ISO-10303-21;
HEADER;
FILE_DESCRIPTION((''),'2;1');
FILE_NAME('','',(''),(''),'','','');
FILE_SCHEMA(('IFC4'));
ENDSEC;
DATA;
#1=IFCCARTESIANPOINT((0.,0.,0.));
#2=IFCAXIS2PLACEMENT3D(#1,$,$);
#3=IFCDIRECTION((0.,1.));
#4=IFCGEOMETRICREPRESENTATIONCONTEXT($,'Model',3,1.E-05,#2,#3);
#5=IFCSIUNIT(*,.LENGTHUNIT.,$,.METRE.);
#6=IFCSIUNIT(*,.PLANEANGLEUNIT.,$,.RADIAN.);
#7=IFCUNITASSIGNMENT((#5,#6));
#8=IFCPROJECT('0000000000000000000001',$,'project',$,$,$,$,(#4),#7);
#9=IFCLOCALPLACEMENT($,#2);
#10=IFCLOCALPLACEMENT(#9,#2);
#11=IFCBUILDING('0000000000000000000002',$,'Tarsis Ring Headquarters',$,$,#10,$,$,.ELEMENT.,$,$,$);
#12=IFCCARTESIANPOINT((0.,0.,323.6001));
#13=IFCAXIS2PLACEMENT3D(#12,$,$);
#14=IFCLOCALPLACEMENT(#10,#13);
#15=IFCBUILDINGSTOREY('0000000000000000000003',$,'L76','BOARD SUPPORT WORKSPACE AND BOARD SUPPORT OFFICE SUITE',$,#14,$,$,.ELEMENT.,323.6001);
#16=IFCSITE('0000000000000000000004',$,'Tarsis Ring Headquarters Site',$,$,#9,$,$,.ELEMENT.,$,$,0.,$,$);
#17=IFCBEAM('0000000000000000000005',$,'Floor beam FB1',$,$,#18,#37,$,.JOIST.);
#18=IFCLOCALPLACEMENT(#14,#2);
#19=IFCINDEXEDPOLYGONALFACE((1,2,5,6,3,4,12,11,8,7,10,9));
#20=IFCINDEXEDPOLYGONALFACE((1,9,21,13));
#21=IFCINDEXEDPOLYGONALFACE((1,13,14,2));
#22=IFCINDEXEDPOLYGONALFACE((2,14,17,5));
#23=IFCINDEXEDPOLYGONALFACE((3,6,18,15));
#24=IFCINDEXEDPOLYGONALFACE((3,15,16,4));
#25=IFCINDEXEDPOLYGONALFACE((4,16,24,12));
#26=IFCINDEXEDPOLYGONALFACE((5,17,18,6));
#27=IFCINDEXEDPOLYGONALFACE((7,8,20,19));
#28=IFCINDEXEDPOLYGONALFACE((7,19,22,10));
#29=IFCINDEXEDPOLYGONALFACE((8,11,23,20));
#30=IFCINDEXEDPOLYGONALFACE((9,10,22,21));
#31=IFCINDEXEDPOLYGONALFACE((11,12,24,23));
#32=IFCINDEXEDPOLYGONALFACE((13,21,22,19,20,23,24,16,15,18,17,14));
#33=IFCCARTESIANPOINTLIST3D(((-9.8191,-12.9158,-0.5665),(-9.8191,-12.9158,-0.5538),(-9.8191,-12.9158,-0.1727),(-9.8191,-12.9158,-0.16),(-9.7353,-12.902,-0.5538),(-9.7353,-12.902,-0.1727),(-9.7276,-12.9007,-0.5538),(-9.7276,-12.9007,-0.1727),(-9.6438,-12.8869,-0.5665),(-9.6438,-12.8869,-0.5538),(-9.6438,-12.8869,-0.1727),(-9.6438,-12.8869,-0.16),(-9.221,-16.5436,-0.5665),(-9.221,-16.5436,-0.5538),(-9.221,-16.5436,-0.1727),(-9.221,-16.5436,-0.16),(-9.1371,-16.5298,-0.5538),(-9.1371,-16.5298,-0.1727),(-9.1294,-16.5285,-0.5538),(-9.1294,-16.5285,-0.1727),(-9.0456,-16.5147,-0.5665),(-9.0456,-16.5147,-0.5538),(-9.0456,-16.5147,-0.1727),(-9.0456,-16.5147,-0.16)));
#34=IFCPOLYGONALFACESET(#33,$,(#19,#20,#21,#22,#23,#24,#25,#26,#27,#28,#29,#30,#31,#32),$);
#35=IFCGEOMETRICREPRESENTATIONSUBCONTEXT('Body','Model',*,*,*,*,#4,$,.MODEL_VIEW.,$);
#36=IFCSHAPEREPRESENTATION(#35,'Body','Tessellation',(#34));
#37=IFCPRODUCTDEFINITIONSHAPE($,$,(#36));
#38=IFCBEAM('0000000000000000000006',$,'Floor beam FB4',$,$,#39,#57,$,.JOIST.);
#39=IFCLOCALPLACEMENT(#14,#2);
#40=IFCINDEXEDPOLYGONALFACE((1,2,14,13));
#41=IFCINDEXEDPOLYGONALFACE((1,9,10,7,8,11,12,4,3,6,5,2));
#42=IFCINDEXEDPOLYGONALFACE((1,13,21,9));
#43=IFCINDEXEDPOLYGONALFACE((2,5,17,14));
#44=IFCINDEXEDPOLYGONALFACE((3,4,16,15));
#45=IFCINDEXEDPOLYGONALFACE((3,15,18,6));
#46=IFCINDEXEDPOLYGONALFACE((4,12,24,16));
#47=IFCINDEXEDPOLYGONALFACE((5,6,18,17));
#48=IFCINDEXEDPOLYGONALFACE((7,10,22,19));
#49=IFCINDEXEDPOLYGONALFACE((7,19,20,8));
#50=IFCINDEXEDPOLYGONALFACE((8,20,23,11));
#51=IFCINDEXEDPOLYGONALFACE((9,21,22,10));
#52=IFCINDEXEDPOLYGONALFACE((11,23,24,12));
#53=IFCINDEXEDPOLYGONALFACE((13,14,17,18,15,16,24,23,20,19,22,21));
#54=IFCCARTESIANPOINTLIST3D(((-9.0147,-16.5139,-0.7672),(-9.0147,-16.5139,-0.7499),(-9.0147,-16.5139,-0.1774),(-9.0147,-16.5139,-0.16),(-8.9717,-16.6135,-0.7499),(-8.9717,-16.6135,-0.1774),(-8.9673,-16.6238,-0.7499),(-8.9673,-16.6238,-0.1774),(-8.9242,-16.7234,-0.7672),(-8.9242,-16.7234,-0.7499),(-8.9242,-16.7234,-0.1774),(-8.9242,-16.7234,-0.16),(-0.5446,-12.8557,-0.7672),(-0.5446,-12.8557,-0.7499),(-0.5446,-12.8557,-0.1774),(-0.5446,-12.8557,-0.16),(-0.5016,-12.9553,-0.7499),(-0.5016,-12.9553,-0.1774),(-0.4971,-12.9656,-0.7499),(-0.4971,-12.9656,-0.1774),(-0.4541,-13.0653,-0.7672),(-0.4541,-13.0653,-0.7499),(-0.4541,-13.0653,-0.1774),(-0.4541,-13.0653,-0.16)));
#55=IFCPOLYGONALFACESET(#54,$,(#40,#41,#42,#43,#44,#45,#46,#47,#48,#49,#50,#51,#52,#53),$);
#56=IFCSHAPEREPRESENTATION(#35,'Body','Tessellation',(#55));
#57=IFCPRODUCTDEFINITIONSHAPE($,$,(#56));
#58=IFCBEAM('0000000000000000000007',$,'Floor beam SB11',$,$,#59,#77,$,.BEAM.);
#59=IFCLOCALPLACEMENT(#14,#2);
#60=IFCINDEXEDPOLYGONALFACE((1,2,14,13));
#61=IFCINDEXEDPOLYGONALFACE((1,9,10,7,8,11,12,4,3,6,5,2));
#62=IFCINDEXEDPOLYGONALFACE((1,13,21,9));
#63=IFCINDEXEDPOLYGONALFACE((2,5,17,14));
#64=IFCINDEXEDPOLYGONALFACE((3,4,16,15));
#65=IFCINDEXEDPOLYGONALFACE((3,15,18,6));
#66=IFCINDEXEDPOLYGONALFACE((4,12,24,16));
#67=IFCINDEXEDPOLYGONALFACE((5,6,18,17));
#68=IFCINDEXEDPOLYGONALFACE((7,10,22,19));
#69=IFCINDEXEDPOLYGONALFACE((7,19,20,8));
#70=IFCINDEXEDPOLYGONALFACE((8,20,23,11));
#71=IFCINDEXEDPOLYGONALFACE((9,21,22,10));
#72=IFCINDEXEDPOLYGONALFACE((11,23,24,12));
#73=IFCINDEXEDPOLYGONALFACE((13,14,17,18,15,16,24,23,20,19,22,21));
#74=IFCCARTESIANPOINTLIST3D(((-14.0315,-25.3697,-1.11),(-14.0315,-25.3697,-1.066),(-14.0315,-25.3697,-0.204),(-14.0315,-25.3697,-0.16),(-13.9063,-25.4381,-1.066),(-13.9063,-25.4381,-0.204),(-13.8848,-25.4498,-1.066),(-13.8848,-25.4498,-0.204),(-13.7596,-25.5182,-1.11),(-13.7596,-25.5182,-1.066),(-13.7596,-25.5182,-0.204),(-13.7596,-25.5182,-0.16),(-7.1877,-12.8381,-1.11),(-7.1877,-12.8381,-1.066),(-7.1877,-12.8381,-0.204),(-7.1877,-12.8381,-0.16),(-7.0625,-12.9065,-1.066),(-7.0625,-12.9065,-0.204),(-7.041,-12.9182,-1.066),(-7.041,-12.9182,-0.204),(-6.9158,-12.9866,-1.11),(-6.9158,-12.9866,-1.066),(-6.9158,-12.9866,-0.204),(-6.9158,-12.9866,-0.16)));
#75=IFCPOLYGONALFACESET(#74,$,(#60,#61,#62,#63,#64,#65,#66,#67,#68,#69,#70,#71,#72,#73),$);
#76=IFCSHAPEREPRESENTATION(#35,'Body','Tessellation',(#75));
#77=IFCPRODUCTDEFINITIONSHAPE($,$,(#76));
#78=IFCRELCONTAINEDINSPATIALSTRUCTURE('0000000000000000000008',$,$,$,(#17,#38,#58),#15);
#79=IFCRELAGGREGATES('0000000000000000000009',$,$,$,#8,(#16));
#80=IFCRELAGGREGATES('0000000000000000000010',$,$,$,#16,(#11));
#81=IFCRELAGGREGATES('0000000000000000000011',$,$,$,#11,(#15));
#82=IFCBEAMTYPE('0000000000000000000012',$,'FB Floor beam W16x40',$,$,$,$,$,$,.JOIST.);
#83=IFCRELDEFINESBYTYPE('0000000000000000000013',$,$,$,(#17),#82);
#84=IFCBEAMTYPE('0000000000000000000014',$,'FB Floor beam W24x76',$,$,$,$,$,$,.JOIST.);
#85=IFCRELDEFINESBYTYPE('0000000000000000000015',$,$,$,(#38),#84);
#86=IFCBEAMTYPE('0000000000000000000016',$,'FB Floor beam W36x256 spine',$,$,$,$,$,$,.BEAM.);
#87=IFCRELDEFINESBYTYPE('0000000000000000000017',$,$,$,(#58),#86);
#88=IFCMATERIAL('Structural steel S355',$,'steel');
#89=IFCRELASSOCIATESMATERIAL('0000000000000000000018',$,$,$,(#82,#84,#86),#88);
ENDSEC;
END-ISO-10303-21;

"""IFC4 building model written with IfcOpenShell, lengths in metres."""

from ifc_helpers import new_model, si_unit, direction, frame, origin, origin_2d, place, context, subcontext, project, spatial, i_section, extrude, material, material_profile, profile_set, type_object, element, save


model = new_model("IFC4")

# Units and contexts
model_context = context("Model", 3, precision=1e-05, world=origin(), true_north=direction((0.0, 1.0)))
body_context = subcontext(model_context, "Body", "Model", "MODEL_VIEW")
ifc_project = project(units=[si_unit("LENGTHUNIT", "METRE"), si_unit("PLANEANGLEUNIT", "RADIAN")], contexts=[model_context])

# Site, building, storey
site_placement = place(None, origin())
site = spatial("IfcSite", under=ifc_project, at=site_placement, Name="Tarsis Ring Headquarters Site", CompositionType="ELEMENT", RefElevation=0.0)
building_placement = place(site_placement, origin())
building = spatial("IfcBuilding", under=site, at=building_placement, Name="Tarsis Ring Headquarters", CompositionType="ELEMENT")
storey_placement = place(building_placement, frame((0.0, 0.0, 323.6001)))
storey = spatial("IfcBuildingStorey", under=building, at=storey_placement, Name="L76", Description="BOARD SUPPORT WORKSPACE AND BOARD SUPPORT OFFICE SUITE", CompositionType="ELEMENT", Elevation=323.6001)

# Beams
ifc_material_1 = material(Name="Structural steel S355", Category="steel")
ifc_material_profile_1 = material_profile(ifc_material_1, i_section(OverallWidth=0.1777, OverallDepth=0.4065, WebThickness=0.0078, FlangeThickness=0.0127, at=origin_2d()), Name="W16x40")
ifc_profile_set_1 = profile_set([ifc_material_profile_1], Name="Structural steel S355")
beam_type_1 = type_object("IfcBeamType", Name="FB Floor beam W16x40", PredefinedType="JOIST", material=ifc_profile_set_1)
beam_1_placement = place(storey_placement, frame((-9.7314, -12.9014, -0.3633), z_axis=(0.162687, -0.986678, 0.0), x_axis=(0.986678, 0.162687, 0.0)))
element("IfcBeam", 1, at=beam_1_placement, inside=storey, type_object=beam_type_1, Name="Floor beam FB1", PredefinedType="JOIST", context=body_context, shape_type="SweptSolid", body=[
    extrude(i_section(OverallWidth=0.1777, OverallDepth=0.4065, WebThickness=0.0078, FlangeThickness=0.0127, at=origin_2d()), origin(), (0.0, 0.0, 1.0), 3.6768),
])
ifc_material_profile_2 = material_profile(ifc_material_1, i_section(OverallWidth=0.2283, OverallDepth=0.6072, WebThickness=0.0112, FlangeThickness=0.0173, at=origin_2d()), Name="W24x76")
ifc_profile_set_2 = profile_set([ifc_material_profile_2], Name="Structural steel S355")
beam_type_2 = type_object("IfcBeamType", Name="FB Floor beam W24x76", PredefinedType="JOIST", material=ifc_profile_set_2)
beam_2_placement = place(storey_placement, frame((-8.9695, -16.6187, -0.4636), z_axis=(0.918038, 0.396492, 0.0), x_axis=(-0.396492, 0.918038, 0.0)))
element("IfcBeam", 2, at=beam_2_placement, inside=storey, type_object=beam_type_2, Name="Floor beam FB4", PredefinedType="JOIST", context=body_context, shape_type="SweptSolid", body=[
    extrude(i_section(OverallWidth=0.2283, OverallDepth=0.6072, WebThickness=0.0112, FlangeThickness=0.0173, at=origin_2d()), origin(), (0.0, 0.0, 1.0), 9.2263),
])
ifc_material_profile_3 = material_profile(ifc_material_1, i_section(OverallWidth=0.3098, OverallDepth=0.95, WebThickness=0.0244, FlangeThickness=0.0439, at=origin_2d()), Name="W36x256")
ifc_profile_set_3 = profile_set([ifc_material_profile_3], Name="Structural steel S355")
beam_type_3 = type_object("IfcBeamType", Name="FB Floor beam W36x256 spine", PredefinedType="BEAM", material=ifc_profile_set_3)
beam_3_placement = place(storey_placement, frame((-7.0518, -12.9124, -0.635), z_axis=(-0.479305, -0.877648, 0.0), x_axis=(0.877648, -0.479305, 0.0)))
element("IfcBeam", 3, at=beam_3_placement, inside=storey, type_object=beam_type_3, Name="Floor beam SB11", PredefinedType="BEAM", context=body_context, shape_type="SweptSolid", body=[
    extrude(i_section(OverallWidth=0.3098, OverallDepth=0.95, WebThickness=0.0244, FlangeThickness=0.0439, at=origin_2d()), origin(), (0.0, 0.0, 1.0), 14.2786),
])

save(model, "model.ifc")
